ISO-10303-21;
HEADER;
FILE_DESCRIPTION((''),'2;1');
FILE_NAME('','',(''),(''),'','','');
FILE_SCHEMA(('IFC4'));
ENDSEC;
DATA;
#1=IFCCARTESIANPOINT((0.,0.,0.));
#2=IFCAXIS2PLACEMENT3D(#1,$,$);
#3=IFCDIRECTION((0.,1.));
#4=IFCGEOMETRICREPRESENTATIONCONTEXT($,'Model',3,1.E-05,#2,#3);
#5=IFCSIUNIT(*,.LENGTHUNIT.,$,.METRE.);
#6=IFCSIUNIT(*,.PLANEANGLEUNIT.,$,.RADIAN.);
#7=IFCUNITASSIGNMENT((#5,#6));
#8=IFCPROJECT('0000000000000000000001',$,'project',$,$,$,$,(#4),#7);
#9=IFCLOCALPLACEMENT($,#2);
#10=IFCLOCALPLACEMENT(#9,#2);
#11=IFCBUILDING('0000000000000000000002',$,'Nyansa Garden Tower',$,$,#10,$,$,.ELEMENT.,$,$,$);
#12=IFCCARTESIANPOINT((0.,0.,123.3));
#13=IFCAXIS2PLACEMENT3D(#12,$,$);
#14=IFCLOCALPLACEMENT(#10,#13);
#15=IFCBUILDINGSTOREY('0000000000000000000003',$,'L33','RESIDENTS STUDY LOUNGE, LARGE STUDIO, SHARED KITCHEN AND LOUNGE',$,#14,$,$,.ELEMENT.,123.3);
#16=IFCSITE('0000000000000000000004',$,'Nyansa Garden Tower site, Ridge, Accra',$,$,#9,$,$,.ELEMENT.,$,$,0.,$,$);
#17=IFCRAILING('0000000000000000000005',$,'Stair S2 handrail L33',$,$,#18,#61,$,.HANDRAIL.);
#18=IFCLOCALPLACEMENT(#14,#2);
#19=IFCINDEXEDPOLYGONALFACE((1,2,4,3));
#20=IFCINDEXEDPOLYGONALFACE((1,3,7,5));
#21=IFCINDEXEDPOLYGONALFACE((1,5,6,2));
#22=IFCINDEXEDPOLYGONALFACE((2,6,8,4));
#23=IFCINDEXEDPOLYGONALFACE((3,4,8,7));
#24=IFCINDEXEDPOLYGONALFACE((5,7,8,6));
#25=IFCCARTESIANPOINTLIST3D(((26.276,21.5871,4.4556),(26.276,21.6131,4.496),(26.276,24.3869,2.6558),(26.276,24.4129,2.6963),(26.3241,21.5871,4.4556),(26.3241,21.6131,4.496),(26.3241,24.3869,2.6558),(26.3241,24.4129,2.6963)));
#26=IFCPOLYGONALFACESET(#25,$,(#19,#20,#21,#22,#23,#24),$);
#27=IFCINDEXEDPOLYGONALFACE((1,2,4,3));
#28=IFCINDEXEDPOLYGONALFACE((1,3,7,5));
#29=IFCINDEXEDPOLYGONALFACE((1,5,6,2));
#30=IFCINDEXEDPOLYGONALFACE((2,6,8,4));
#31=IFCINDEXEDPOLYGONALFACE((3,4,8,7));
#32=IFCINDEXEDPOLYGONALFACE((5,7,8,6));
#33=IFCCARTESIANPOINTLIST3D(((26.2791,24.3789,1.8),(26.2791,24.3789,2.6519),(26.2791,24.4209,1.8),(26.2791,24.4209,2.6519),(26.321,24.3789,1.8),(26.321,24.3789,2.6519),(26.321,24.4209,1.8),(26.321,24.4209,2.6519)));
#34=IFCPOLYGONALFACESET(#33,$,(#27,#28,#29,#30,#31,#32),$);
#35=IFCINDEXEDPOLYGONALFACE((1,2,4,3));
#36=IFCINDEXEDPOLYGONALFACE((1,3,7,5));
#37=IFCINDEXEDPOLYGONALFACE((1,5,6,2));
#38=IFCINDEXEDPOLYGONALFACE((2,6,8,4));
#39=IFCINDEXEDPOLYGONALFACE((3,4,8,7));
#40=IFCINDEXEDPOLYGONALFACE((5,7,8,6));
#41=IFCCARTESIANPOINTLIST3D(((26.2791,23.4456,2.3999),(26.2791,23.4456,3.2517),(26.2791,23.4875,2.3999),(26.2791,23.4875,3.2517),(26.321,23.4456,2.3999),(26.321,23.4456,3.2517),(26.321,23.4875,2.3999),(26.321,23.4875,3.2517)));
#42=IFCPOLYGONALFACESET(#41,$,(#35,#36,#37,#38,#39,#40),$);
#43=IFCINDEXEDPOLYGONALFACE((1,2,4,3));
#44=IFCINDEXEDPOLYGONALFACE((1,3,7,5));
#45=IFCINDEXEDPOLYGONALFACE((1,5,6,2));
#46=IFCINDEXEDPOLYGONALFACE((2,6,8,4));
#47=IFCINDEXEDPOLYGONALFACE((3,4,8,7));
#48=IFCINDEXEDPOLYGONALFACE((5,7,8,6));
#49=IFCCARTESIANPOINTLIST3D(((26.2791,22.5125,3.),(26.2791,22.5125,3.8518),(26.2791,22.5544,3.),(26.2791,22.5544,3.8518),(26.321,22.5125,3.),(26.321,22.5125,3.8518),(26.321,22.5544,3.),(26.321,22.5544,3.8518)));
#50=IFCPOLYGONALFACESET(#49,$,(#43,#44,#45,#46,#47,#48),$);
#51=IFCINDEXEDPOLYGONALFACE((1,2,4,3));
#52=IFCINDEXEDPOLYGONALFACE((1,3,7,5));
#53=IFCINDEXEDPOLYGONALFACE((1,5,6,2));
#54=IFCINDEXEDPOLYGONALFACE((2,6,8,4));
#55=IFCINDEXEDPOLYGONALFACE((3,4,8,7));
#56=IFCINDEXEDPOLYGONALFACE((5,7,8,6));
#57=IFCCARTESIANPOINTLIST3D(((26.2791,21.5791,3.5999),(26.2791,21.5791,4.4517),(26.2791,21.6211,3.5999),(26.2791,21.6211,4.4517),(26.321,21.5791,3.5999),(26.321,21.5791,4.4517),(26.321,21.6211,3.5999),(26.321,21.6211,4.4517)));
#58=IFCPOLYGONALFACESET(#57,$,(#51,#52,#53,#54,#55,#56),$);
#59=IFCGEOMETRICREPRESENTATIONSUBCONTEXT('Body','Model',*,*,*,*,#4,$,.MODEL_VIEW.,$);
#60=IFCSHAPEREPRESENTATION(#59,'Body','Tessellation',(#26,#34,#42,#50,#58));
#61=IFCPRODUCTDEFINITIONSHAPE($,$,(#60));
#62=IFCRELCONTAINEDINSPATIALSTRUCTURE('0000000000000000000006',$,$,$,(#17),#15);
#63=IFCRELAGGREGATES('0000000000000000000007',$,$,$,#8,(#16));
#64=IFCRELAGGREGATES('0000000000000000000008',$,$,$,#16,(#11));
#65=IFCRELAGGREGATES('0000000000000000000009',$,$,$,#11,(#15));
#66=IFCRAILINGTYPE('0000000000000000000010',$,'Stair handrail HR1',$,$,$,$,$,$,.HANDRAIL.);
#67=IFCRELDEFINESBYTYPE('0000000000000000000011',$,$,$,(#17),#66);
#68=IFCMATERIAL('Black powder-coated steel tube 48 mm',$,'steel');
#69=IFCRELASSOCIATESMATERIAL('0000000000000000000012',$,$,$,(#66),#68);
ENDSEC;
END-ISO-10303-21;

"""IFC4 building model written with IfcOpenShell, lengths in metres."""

from ifc_helpers import new_model, si_unit, direction, frame, origin, origin_2d, place, context, subcontext, project, spatial, rectangle, extrude, material, type_object, element, save


model = new_model("IFC4")

# Units and contexts
model_context = context("Model", 3, precision=1e-05, world=origin(), true_north=direction((0.0, 1.0)))
body_context = subcontext(model_context, "Body", "Model", "MODEL_VIEW")
ifc_project = project(units=[si_unit("LENGTHUNIT", "METRE"), si_unit("PLANEANGLEUNIT", "RADIAN")], contexts=[model_context])

# Site, building, storey
site_placement = place(None, origin())
site = spatial("IfcSite", under=ifc_project, at=site_placement, Name="Nyansa Garden Tower site, Ridge, Accra", CompositionType="ELEMENT", RefElevation=0.0)
building_placement = place(site_placement, origin())
building = spatial("IfcBuilding", under=site, at=building_placement, Name="Nyansa Garden Tower", CompositionType="ELEMENT")
storey_placement = place(building_placement, frame((0.0, 0.0, 123.3)))
storey = spatial("IfcBuildingStorey", under=building, at=storey_placement, Name="L33", Description="RESIDENTS STUDY LOUNGE, LARGE STUDIO, SHARED KITCHEN AND LOUNGE", CompositionType="ELEMENT", Elevation=123.3)

# Railing
ifc_material_1 = material(Name="Black powder-coated steel tube 48 mm", Category="steel")
railing_type = type_object("IfcRailingType", Name="Stair handrail HR1", PredefinedType="HANDRAIL", material=ifc_material_1)
railing_1_placement = place(storey_placement, frame((26.3, 24.3999, 1.8)))
element("IfcRailing", 1, at=railing_1_placement, inside=storey, type_object=railing_type, Name="Stair S2 handrail L33", PredefinedType="HANDRAIL", context=body_context, shape_type="SweptSolid", body=[
    extrude(rectangle(XDim=0.0481, YDim=0.0481, at=origin_2d()), frame((0.0, 0.0, 0.876), z_axis=(0.0, -0.841188, 0.540743), x_axis=(1.0, 0.0, 0.0)), (0.0, 0.0, 1.0), 3.3284),
    extrude(rectangle(XDim=0.042, YDim=0.042, at=origin_2d()), origin(), (0.0, 0.0, 1.0), 0.8518),
    extrude(rectangle(XDim=0.042, YDim=0.042, at=origin_2d()), frame((0.0, -0.9333, 0.5999)), (0.0, 0.0, 1.0), 0.8518),
    extrude(rectangle(XDim=0.042, YDim=0.042, at=origin_2d()), frame((0.0, -1.8665, 1.2)), (0.0, 0.0, 1.0), 0.8518),
    extrude(rectangle(XDim=0.042, YDim=0.042, at=origin_2d()), frame((0.0, -2.7998, 1.7998)), (0.0, 0.0, 1.0), 0.8518),
])

save(model, "model.ifc")
